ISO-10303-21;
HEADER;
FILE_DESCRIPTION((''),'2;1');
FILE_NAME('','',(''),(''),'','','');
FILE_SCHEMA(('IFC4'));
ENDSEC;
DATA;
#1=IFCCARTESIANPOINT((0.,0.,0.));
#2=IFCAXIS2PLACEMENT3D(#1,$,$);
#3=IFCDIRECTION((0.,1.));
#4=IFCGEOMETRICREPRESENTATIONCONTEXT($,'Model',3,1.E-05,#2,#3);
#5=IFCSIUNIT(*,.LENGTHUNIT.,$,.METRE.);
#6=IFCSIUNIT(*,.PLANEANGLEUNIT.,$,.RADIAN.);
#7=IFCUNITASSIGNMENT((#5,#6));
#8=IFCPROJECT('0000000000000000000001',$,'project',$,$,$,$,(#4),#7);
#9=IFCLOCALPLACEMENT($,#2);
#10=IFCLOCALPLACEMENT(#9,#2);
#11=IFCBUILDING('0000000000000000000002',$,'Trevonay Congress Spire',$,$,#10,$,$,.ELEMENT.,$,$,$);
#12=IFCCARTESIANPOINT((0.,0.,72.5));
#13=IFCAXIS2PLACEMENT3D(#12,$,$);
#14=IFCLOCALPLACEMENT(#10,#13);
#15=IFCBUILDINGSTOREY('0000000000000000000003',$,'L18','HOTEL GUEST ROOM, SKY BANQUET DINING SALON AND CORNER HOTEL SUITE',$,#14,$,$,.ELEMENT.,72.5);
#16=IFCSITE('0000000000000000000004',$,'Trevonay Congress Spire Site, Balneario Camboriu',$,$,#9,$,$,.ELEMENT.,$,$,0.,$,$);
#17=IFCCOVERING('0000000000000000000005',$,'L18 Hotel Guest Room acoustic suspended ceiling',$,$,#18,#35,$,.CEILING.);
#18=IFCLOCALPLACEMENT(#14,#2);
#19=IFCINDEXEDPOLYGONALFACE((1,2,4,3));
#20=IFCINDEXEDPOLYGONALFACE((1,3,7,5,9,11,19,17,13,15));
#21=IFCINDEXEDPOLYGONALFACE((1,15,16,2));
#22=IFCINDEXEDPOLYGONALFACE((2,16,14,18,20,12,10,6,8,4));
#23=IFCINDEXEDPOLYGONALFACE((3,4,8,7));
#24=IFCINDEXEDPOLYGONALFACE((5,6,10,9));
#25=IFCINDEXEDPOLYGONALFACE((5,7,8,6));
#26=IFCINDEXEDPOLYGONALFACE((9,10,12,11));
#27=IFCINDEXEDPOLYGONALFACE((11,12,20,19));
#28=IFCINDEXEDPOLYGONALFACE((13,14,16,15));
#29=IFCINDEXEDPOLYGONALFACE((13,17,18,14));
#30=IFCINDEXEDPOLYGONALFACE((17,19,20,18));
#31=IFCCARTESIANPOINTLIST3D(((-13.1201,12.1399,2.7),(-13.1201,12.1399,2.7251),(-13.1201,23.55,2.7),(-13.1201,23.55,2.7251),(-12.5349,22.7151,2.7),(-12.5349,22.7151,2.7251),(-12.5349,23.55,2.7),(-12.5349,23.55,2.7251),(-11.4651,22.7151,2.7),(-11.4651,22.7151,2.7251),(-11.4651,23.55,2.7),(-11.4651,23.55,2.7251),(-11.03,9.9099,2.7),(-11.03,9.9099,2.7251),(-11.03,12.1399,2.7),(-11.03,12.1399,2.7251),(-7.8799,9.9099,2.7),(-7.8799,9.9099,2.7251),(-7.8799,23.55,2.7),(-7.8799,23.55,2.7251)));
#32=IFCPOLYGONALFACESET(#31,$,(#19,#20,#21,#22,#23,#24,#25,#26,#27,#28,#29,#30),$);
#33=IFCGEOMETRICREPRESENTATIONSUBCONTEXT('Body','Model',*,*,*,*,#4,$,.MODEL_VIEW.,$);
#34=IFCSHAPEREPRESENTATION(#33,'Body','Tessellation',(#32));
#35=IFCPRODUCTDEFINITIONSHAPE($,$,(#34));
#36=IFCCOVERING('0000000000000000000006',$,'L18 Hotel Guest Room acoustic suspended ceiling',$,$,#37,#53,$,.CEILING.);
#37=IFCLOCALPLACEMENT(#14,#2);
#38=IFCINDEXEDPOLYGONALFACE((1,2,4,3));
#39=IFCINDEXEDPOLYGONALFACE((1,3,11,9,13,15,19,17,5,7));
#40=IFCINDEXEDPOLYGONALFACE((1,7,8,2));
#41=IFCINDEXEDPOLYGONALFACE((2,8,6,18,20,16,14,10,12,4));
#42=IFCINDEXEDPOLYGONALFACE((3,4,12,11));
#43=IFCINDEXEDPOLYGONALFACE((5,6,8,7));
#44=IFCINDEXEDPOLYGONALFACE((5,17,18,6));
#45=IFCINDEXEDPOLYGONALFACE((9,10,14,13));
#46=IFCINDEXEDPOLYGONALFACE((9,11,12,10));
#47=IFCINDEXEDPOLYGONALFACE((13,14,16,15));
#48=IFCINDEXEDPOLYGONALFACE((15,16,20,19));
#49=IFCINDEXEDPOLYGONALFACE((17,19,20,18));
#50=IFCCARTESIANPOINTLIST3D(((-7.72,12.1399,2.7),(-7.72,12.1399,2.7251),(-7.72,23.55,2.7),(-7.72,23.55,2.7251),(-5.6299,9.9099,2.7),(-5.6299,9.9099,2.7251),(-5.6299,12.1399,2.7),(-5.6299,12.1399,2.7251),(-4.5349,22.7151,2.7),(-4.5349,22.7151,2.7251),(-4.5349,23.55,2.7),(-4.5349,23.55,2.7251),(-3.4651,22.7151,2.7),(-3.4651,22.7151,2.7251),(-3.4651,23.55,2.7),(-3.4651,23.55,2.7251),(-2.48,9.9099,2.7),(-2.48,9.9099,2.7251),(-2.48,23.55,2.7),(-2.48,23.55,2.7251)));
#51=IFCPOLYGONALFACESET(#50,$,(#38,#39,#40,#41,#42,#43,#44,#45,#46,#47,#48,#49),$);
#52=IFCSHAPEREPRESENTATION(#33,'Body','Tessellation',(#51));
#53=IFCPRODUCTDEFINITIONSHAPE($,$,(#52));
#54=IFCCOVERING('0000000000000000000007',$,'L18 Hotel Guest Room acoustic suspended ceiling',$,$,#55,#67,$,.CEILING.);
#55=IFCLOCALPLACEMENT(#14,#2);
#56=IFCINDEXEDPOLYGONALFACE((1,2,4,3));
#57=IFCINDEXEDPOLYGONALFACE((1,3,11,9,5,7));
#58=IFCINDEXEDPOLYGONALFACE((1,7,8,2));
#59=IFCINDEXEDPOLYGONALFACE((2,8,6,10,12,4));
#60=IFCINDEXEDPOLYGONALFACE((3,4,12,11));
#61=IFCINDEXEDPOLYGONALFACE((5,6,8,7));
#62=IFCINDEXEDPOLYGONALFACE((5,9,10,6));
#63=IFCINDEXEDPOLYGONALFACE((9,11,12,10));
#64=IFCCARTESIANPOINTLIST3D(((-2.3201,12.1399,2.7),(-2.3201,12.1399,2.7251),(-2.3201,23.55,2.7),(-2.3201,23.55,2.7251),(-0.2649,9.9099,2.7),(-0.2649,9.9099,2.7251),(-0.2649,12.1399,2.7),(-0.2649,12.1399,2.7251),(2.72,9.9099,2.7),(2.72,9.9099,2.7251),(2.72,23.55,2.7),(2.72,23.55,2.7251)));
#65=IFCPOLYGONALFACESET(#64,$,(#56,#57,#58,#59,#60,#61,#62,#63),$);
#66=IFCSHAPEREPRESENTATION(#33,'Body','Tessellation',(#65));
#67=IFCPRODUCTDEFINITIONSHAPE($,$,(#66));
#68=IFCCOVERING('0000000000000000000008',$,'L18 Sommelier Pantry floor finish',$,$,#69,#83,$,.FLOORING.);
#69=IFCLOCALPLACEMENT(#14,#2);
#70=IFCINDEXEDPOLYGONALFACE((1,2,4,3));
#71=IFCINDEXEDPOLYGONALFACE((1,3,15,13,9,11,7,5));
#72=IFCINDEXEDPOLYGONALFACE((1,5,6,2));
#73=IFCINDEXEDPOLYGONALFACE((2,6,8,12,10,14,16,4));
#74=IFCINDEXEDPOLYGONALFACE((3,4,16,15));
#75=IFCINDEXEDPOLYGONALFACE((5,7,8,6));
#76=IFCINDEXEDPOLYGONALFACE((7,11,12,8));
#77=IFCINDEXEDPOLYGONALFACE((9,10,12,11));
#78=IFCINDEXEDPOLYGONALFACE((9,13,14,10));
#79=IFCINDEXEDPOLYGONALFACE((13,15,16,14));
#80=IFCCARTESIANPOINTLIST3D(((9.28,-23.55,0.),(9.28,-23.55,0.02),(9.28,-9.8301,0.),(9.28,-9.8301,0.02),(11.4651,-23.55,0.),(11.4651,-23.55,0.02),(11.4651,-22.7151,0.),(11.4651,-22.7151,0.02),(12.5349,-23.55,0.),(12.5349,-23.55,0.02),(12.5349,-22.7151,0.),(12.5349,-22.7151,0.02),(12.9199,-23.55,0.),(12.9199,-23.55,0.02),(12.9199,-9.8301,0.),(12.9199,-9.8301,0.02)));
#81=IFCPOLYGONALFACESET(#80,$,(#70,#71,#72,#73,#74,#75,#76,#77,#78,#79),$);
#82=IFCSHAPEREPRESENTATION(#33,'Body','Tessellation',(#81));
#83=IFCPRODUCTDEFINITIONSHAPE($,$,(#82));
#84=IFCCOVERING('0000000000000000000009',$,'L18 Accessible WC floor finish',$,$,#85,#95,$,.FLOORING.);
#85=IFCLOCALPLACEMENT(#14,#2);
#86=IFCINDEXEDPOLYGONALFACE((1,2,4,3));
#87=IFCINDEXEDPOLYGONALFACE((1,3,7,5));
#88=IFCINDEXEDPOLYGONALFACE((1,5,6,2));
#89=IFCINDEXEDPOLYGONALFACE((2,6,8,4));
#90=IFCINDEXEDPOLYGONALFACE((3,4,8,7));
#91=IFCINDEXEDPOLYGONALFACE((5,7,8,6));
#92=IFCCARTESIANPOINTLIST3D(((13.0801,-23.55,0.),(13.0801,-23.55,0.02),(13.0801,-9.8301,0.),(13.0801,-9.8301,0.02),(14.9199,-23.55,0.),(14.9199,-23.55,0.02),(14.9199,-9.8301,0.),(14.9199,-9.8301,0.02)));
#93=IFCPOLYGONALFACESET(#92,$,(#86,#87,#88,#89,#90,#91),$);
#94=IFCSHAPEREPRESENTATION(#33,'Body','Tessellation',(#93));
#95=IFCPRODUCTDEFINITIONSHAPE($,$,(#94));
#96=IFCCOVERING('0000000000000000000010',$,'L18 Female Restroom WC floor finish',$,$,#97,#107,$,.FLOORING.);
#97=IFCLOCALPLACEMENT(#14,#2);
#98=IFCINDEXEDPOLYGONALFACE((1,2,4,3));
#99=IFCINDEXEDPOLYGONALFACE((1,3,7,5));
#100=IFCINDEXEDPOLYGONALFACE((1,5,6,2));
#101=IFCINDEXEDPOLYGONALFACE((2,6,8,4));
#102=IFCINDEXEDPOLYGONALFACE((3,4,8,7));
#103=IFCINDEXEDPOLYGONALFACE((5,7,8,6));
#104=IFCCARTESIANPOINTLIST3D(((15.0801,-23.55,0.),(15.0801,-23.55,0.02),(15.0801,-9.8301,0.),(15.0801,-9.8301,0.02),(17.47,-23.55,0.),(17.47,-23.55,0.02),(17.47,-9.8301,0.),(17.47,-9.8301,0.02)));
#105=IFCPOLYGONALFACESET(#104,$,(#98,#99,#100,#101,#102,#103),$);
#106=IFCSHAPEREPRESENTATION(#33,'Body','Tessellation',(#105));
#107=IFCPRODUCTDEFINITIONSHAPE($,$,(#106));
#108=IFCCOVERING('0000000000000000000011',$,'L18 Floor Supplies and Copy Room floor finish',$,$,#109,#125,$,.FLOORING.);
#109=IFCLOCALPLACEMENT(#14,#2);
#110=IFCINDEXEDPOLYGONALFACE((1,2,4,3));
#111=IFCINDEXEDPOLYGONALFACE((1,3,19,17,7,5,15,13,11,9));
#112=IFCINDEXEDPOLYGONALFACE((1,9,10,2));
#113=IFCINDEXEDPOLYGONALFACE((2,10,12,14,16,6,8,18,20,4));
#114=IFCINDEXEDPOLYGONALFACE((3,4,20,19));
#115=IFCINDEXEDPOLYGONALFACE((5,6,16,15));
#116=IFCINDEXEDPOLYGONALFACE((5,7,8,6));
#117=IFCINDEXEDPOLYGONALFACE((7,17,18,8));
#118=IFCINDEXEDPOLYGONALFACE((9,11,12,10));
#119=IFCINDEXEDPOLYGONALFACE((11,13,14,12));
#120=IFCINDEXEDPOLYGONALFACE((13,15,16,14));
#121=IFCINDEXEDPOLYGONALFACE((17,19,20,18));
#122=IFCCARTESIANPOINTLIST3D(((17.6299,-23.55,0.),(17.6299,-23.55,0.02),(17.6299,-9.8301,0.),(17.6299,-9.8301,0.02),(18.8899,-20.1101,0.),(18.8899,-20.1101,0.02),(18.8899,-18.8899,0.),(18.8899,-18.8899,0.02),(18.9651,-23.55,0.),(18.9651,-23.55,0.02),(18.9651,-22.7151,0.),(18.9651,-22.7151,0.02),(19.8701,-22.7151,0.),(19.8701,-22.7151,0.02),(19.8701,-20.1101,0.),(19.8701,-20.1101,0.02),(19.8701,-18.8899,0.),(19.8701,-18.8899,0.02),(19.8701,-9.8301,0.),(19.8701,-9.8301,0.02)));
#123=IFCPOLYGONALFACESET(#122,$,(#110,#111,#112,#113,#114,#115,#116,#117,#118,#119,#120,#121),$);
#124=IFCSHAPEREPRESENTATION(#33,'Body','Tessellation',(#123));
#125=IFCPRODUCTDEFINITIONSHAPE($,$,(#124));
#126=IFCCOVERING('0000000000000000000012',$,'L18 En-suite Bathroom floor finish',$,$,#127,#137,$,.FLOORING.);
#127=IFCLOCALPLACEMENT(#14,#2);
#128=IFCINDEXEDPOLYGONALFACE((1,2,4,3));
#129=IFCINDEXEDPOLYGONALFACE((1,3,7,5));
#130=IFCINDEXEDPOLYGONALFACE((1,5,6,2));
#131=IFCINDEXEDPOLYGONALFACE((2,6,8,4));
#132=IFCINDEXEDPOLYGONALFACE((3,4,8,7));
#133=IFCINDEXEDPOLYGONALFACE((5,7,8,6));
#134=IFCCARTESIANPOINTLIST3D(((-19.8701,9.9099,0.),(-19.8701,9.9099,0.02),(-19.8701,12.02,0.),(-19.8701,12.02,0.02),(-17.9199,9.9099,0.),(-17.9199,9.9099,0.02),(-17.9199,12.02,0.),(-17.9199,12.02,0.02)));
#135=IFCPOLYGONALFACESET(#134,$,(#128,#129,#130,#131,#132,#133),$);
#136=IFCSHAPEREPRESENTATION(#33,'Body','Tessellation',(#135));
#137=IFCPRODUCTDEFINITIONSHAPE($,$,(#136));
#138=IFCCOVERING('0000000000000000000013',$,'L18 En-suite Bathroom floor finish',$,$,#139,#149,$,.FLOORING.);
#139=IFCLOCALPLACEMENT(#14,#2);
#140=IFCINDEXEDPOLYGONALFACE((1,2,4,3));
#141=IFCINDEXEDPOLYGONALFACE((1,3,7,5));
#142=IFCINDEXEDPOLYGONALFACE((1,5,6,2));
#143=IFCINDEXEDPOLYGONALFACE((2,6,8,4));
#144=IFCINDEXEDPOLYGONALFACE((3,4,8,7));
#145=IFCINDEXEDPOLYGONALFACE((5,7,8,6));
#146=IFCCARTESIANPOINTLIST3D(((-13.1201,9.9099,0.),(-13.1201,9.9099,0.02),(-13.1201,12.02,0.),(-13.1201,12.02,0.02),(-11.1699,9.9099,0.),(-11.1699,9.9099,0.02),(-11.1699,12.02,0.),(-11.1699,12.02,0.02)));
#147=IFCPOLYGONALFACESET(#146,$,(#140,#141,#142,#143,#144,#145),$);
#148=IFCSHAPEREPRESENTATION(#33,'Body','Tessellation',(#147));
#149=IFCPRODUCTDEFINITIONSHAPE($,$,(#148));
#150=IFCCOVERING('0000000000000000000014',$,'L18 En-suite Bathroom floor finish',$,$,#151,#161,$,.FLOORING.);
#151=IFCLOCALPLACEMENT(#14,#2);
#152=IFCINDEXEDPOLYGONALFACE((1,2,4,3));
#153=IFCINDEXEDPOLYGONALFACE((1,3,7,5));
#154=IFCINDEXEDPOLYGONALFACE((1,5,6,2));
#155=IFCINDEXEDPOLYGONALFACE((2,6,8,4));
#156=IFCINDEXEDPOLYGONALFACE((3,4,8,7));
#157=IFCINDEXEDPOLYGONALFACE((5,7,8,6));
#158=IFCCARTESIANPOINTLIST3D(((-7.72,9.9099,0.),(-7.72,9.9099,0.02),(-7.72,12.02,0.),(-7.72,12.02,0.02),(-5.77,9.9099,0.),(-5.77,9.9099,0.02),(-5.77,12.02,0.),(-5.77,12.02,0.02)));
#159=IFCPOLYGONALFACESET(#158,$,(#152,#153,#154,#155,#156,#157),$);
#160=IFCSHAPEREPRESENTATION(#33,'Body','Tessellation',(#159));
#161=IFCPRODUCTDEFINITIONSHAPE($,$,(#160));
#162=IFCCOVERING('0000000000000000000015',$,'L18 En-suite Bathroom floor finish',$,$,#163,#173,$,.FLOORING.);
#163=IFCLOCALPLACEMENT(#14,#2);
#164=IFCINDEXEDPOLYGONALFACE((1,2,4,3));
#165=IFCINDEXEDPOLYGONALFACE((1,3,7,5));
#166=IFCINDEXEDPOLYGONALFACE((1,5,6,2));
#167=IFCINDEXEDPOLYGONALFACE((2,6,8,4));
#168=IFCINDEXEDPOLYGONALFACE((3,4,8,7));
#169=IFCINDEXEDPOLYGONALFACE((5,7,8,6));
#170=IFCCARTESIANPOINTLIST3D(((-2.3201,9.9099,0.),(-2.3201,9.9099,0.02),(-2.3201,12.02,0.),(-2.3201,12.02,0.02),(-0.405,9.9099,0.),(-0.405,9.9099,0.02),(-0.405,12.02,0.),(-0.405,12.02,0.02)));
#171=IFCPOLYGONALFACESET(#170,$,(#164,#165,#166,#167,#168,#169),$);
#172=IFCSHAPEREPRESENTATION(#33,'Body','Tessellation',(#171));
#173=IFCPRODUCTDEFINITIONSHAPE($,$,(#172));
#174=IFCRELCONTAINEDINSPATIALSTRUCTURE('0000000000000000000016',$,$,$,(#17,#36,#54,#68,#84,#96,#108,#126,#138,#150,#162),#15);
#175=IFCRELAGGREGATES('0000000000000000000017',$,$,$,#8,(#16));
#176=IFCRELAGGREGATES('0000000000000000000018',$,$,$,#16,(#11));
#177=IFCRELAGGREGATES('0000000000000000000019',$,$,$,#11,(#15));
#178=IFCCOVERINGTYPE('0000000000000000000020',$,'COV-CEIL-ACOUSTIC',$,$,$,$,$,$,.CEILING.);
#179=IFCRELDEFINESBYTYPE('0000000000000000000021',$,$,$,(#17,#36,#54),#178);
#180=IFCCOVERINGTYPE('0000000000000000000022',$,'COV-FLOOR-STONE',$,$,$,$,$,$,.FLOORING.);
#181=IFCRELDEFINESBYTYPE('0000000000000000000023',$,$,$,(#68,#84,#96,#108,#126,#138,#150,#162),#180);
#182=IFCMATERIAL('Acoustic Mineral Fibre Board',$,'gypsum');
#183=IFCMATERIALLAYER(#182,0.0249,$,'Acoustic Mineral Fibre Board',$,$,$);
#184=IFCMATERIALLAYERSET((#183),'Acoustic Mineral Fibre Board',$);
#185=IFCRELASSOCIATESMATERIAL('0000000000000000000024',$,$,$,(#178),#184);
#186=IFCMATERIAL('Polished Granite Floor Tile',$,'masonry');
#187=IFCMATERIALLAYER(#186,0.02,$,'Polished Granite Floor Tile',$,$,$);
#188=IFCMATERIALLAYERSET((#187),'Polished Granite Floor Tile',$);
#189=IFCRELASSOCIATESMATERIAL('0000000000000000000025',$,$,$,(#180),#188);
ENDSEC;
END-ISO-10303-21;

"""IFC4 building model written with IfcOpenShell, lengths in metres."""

from ifc_helpers import new_model, si_unit, direction, frame, origin, place, context, subcontext, project, spatial, polyline, outline, extrude, material, layer, layer_set, type_object, element, save


model = new_model("IFC4")

# Units and contexts
model_context = context("Model", 3, precision=1e-05, world=origin(), true_north=direction((0.0, 1.0)))
body_context = subcontext(model_context, "Body", "Model", "MODEL_VIEW")
ifc_project = project(units=[si_unit("LENGTHUNIT", "METRE"), si_unit("PLANEANGLEUNIT", "RADIAN")], contexts=[model_context])

# Site, building, storey
site_placement = place(None, origin())
site = spatial("IfcSite", under=ifc_project, at=site_placement, Name="Trevonay Congress Spire Site, Balneario Camboriu", CompositionType="ELEMENT", RefElevation=0.0)
building_placement = place(site_placement, origin())
building = spatial("IfcBuilding", under=site, at=building_placement, Name="Trevonay Congress Spire", CompositionType="ELEMENT")
storey_placement = place(building_placement, frame((0.0, 0.0, 72.5)))
storey = spatial("IfcBuildingStorey", under=building, at=storey_placement, Name="L18", Description="HOTEL GUEST ROOM, SKY BANQUET DINING SALON AND CORNER HOTEL SUITE", CompositionType="ELEMENT", Elevation=72.5)

# Coverings
ifc_material_1 = material(Name="Acoustic Mineral Fibre Board", Category="gypsum")
ifc_layer_1 = layer(ifc_material_1, 0.0249, Name="Acoustic Mineral Fibre Board")
ifc_layer_set_1 = layer_set([ifc_layer_1], Name="Acoustic Mineral Fibre Board")
covering_type_1 = type_object("IfcCoveringType", Name="COV-CEIL-ACOUSTIC", PredefinedType="CEILING", material=ifc_layer_set_1)
covering_1_placement = place(storey_placement, frame((0.0, 0.0, 2.7)))
element("IfcCovering", 1, at=covering_1_placement, inside=storey, type_object=covering_type_1, Name="L18 Hotel Guest Room acoustic suspended ceiling", PredefinedType="CEILING", context=body_context, shape_type="SweptSolid", body=[
    extrude(outline(polyline([(-7.8799, 23.55), (-7.8799, 9.9099), (-11.03, 9.9099), (-11.03, 12.1399), (-13.1201, 12.1399), (-13.1201, 23.55), (-12.5349, 23.55), (-12.5349, 22.7151), (-11.4651, 22.7151), (-11.4651, 23.55), (-7.8799, 23.55)])), origin(), (0.0, 0.0, 1.0), 0.0251),
])
covering_2_placement = place(storey_placement, frame((0.0, 0.0, 2.7)))
element("IfcCovering", 2, at=covering_2_placement, inside=storey, type_object=covering_type_1, Name="L18 Hotel Guest Room acoustic suspended ceiling", PredefinedType="CEILING", context=body_context, shape_type="SweptSolid", body=[
    extrude(outline(polyline([(-2.48, 23.55), (-2.48, 9.9099), (-5.6299, 9.9099), (-5.6299, 12.1399), (-7.72, 12.1399), (-7.72, 23.55), (-4.5349, 23.55), (-4.5349, 22.7151), (-3.4651, 22.7151), (-3.4651, 23.55), (-2.48, 23.55)])), origin(), (0.0, 0.0, 1.0), 0.0251),
])
covering_3_placement = place(storey_placement, frame((0.0, 0.0, 2.7)))
element("IfcCovering", 3, at=covering_3_placement, inside=storey, type_object=covering_type_1, Name="L18 Hotel Guest Room acoustic suspended ceiling", PredefinedType="CEILING", context=body_context, shape_type="SweptSolid", body=[
    extrude(outline(polyline([(-0.2649, 9.9099), (2.72, 9.9099), (2.72, 23.55), (-2.3201, 23.55), (-2.3201, 12.1399), (-0.2649, 12.1399), (-0.2649, 9.9099)])), origin(), (0.0, 0.0, 1.0), 0.0251),
])
ifc_material_2 = material(Name="Polished Granite Floor Tile", Category="masonry")
ifc_layer_2 = layer(ifc_material_2, 0.02, Name="Polished Granite Floor Tile")
ifc_layer_set_2 = layer_set([ifc_layer_2], Name="Polished Granite Floor Tile")
covering_type_2 = type_object("IfcCoveringType", Name="COV-FLOOR-STONE", PredefinedType="FLOORING", material=ifc_layer_set_2)
covering_4_placement = place(storey_placement, origin())
element("IfcCovering", 4, at=covering_4_placement, inside=storey, type_object=covering_type_2, Name="L18 Sommelier Pantry floor finish", PredefinedType="FLOORING", context=body_context, shape_type="SweptSolid", body=[
    extrude(outline(polyline([(9.28, -23.55), (9.28, -9.8301), (12.9199, -9.8301), (12.9199, -23.55), (12.5349, -23.55), (12.5349, -22.7151), (11.4651, -22.7151), (11.4651, -23.55), (9.28, -23.55)])), origin(), (0.0, 0.0, 1.0), 0.02),
])
covering_5_placement = place(storey_placement, origin())
element("IfcCovering", 5, at=covering_5_placement, inside=storey, type_object=covering_type_2, Name="L18 Accessible WC floor finish", PredefinedType="FLOORING", context=body_context, shape_type="SweptSolid", body=[
    extrude(outline(polyline([(13.0801, -23.55), (14.9199, -23.55), (14.9199, -9.8301), (13.0801, -9.8301), (13.0801, -23.55)])), origin(), (0.0, 0.0, 1.0), 0.02),
])
covering_6_placement = place(storey_placement, origin())
element("IfcCovering", 6, at=covering_6_placement, inside=storey, type_object=covering_type_2, Name="L18 Female Restroom WC floor finish", PredefinedType="FLOORING", context=body_context, shape_type="SweptSolid", body=[
    extrude(outline(polyline([(15.0801, -23.55), (17.47, -23.55), (17.47, -9.8301), (15.0801, -9.8301), (15.0801, -23.55)])), origin(), (0.0, 0.0, 1.0), 0.02),
])
covering_7_placement = place(storey_placement, origin())
element("IfcCovering", 7, at=covering_7_placement, inside=storey, type_object=covering_type_2, Name="L18 Floor Supplies and Copy Room floor finish", PredefinedType="FLOORING", context=body_context, shape_type="SweptSolid", body=[
    extrude(outline(polyline([(17.6299, -23.55), (17.6299, -9.8301), (19.8701, -9.8301), (19.8701, -18.8899), (18.8899, -18.8899), (18.8899, -20.1101), (19.8701, -20.1101), (19.8701, -22.7151), (18.9651, -22.7151), (18.9651, -23.55), (17.6299, -23.55)])), origin(), (0.0, 0.0, 1.0), 0.02),
])
covering_8_placement = place(storey_placement, origin())
element("IfcCovering", 8, at=covering_8_placement, inside=storey, type_object=covering_type_2, Name="L18 En-suite Bathroom floor finish", PredefinedType="FLOORING", context=body_context, shape_type="SweptSolid", body=[
    extrude(outline(polyline([(-19.8701, 9.9099), (-17.9199, 9.9099), (-17.9199, 12.02), (-19.8701, 12.02), (-19.8701, 9.9099)])), origin(), (0.0, 0.0, 1.0), 0.02),
])
covering_9_placement = place(storey_placement, origin())
element("IfcCovering", 9, at=covering_9_placement, inside=storey, type_object=covering_type_2, Name="L18 En-suite Bathroom floor finish", PredefinedType="FLOORING", context=body_context, shape_type="SweptSolid", body=[
    extrude(outline(polyline([(-13.1201, 9.9099), (-11.1699, 9.9099), (-11.1699, 12.02), (-13.1201, 12.02), (-13.1201, 9.9099)])), origin(), (0.0, 0.0, 1.0), 0.02),
])
covering_10_placement = place(storey_placement, origin())
element("IfcCovering", 10, at=covering_10_placement, inside=storey, type_object=covering_type_2, Name="L18 En-suite Bathroom floor finish", PredefinedType="FLOORING", context=body_context, shape_type="SweptSolid", body=[
    extrude(outline(polyline([(-7.72, 9.9099), (-5.77, 9.9099), (-5.77, 12.02), (-7.72, 12.02), (-7.72, 9.9099)])), origin(), (0.0, 0.0, 1.0), 0.02),
])
covering_11_placement = place(storey_placement, origin())
element("IfcCovering", 11, at=covering_11_placement, inside=storey, type_object=covering_type_2, Name="L18 En-suite Bathroom floor finish", PredefinedType="FLOORING", context=body_context, shape_type="SweptSolid", body=[
    extrude(outline(polyline([(-2.3201, 9.9099), (-0.405, 9.9099), (-0.405, 12.02), (-2.3201, 12.02), (-2.3201, 9.9099)])), origin(), (0.0, 0.0, 1.0), 0.02),
])

save(model, "model.ifc")
